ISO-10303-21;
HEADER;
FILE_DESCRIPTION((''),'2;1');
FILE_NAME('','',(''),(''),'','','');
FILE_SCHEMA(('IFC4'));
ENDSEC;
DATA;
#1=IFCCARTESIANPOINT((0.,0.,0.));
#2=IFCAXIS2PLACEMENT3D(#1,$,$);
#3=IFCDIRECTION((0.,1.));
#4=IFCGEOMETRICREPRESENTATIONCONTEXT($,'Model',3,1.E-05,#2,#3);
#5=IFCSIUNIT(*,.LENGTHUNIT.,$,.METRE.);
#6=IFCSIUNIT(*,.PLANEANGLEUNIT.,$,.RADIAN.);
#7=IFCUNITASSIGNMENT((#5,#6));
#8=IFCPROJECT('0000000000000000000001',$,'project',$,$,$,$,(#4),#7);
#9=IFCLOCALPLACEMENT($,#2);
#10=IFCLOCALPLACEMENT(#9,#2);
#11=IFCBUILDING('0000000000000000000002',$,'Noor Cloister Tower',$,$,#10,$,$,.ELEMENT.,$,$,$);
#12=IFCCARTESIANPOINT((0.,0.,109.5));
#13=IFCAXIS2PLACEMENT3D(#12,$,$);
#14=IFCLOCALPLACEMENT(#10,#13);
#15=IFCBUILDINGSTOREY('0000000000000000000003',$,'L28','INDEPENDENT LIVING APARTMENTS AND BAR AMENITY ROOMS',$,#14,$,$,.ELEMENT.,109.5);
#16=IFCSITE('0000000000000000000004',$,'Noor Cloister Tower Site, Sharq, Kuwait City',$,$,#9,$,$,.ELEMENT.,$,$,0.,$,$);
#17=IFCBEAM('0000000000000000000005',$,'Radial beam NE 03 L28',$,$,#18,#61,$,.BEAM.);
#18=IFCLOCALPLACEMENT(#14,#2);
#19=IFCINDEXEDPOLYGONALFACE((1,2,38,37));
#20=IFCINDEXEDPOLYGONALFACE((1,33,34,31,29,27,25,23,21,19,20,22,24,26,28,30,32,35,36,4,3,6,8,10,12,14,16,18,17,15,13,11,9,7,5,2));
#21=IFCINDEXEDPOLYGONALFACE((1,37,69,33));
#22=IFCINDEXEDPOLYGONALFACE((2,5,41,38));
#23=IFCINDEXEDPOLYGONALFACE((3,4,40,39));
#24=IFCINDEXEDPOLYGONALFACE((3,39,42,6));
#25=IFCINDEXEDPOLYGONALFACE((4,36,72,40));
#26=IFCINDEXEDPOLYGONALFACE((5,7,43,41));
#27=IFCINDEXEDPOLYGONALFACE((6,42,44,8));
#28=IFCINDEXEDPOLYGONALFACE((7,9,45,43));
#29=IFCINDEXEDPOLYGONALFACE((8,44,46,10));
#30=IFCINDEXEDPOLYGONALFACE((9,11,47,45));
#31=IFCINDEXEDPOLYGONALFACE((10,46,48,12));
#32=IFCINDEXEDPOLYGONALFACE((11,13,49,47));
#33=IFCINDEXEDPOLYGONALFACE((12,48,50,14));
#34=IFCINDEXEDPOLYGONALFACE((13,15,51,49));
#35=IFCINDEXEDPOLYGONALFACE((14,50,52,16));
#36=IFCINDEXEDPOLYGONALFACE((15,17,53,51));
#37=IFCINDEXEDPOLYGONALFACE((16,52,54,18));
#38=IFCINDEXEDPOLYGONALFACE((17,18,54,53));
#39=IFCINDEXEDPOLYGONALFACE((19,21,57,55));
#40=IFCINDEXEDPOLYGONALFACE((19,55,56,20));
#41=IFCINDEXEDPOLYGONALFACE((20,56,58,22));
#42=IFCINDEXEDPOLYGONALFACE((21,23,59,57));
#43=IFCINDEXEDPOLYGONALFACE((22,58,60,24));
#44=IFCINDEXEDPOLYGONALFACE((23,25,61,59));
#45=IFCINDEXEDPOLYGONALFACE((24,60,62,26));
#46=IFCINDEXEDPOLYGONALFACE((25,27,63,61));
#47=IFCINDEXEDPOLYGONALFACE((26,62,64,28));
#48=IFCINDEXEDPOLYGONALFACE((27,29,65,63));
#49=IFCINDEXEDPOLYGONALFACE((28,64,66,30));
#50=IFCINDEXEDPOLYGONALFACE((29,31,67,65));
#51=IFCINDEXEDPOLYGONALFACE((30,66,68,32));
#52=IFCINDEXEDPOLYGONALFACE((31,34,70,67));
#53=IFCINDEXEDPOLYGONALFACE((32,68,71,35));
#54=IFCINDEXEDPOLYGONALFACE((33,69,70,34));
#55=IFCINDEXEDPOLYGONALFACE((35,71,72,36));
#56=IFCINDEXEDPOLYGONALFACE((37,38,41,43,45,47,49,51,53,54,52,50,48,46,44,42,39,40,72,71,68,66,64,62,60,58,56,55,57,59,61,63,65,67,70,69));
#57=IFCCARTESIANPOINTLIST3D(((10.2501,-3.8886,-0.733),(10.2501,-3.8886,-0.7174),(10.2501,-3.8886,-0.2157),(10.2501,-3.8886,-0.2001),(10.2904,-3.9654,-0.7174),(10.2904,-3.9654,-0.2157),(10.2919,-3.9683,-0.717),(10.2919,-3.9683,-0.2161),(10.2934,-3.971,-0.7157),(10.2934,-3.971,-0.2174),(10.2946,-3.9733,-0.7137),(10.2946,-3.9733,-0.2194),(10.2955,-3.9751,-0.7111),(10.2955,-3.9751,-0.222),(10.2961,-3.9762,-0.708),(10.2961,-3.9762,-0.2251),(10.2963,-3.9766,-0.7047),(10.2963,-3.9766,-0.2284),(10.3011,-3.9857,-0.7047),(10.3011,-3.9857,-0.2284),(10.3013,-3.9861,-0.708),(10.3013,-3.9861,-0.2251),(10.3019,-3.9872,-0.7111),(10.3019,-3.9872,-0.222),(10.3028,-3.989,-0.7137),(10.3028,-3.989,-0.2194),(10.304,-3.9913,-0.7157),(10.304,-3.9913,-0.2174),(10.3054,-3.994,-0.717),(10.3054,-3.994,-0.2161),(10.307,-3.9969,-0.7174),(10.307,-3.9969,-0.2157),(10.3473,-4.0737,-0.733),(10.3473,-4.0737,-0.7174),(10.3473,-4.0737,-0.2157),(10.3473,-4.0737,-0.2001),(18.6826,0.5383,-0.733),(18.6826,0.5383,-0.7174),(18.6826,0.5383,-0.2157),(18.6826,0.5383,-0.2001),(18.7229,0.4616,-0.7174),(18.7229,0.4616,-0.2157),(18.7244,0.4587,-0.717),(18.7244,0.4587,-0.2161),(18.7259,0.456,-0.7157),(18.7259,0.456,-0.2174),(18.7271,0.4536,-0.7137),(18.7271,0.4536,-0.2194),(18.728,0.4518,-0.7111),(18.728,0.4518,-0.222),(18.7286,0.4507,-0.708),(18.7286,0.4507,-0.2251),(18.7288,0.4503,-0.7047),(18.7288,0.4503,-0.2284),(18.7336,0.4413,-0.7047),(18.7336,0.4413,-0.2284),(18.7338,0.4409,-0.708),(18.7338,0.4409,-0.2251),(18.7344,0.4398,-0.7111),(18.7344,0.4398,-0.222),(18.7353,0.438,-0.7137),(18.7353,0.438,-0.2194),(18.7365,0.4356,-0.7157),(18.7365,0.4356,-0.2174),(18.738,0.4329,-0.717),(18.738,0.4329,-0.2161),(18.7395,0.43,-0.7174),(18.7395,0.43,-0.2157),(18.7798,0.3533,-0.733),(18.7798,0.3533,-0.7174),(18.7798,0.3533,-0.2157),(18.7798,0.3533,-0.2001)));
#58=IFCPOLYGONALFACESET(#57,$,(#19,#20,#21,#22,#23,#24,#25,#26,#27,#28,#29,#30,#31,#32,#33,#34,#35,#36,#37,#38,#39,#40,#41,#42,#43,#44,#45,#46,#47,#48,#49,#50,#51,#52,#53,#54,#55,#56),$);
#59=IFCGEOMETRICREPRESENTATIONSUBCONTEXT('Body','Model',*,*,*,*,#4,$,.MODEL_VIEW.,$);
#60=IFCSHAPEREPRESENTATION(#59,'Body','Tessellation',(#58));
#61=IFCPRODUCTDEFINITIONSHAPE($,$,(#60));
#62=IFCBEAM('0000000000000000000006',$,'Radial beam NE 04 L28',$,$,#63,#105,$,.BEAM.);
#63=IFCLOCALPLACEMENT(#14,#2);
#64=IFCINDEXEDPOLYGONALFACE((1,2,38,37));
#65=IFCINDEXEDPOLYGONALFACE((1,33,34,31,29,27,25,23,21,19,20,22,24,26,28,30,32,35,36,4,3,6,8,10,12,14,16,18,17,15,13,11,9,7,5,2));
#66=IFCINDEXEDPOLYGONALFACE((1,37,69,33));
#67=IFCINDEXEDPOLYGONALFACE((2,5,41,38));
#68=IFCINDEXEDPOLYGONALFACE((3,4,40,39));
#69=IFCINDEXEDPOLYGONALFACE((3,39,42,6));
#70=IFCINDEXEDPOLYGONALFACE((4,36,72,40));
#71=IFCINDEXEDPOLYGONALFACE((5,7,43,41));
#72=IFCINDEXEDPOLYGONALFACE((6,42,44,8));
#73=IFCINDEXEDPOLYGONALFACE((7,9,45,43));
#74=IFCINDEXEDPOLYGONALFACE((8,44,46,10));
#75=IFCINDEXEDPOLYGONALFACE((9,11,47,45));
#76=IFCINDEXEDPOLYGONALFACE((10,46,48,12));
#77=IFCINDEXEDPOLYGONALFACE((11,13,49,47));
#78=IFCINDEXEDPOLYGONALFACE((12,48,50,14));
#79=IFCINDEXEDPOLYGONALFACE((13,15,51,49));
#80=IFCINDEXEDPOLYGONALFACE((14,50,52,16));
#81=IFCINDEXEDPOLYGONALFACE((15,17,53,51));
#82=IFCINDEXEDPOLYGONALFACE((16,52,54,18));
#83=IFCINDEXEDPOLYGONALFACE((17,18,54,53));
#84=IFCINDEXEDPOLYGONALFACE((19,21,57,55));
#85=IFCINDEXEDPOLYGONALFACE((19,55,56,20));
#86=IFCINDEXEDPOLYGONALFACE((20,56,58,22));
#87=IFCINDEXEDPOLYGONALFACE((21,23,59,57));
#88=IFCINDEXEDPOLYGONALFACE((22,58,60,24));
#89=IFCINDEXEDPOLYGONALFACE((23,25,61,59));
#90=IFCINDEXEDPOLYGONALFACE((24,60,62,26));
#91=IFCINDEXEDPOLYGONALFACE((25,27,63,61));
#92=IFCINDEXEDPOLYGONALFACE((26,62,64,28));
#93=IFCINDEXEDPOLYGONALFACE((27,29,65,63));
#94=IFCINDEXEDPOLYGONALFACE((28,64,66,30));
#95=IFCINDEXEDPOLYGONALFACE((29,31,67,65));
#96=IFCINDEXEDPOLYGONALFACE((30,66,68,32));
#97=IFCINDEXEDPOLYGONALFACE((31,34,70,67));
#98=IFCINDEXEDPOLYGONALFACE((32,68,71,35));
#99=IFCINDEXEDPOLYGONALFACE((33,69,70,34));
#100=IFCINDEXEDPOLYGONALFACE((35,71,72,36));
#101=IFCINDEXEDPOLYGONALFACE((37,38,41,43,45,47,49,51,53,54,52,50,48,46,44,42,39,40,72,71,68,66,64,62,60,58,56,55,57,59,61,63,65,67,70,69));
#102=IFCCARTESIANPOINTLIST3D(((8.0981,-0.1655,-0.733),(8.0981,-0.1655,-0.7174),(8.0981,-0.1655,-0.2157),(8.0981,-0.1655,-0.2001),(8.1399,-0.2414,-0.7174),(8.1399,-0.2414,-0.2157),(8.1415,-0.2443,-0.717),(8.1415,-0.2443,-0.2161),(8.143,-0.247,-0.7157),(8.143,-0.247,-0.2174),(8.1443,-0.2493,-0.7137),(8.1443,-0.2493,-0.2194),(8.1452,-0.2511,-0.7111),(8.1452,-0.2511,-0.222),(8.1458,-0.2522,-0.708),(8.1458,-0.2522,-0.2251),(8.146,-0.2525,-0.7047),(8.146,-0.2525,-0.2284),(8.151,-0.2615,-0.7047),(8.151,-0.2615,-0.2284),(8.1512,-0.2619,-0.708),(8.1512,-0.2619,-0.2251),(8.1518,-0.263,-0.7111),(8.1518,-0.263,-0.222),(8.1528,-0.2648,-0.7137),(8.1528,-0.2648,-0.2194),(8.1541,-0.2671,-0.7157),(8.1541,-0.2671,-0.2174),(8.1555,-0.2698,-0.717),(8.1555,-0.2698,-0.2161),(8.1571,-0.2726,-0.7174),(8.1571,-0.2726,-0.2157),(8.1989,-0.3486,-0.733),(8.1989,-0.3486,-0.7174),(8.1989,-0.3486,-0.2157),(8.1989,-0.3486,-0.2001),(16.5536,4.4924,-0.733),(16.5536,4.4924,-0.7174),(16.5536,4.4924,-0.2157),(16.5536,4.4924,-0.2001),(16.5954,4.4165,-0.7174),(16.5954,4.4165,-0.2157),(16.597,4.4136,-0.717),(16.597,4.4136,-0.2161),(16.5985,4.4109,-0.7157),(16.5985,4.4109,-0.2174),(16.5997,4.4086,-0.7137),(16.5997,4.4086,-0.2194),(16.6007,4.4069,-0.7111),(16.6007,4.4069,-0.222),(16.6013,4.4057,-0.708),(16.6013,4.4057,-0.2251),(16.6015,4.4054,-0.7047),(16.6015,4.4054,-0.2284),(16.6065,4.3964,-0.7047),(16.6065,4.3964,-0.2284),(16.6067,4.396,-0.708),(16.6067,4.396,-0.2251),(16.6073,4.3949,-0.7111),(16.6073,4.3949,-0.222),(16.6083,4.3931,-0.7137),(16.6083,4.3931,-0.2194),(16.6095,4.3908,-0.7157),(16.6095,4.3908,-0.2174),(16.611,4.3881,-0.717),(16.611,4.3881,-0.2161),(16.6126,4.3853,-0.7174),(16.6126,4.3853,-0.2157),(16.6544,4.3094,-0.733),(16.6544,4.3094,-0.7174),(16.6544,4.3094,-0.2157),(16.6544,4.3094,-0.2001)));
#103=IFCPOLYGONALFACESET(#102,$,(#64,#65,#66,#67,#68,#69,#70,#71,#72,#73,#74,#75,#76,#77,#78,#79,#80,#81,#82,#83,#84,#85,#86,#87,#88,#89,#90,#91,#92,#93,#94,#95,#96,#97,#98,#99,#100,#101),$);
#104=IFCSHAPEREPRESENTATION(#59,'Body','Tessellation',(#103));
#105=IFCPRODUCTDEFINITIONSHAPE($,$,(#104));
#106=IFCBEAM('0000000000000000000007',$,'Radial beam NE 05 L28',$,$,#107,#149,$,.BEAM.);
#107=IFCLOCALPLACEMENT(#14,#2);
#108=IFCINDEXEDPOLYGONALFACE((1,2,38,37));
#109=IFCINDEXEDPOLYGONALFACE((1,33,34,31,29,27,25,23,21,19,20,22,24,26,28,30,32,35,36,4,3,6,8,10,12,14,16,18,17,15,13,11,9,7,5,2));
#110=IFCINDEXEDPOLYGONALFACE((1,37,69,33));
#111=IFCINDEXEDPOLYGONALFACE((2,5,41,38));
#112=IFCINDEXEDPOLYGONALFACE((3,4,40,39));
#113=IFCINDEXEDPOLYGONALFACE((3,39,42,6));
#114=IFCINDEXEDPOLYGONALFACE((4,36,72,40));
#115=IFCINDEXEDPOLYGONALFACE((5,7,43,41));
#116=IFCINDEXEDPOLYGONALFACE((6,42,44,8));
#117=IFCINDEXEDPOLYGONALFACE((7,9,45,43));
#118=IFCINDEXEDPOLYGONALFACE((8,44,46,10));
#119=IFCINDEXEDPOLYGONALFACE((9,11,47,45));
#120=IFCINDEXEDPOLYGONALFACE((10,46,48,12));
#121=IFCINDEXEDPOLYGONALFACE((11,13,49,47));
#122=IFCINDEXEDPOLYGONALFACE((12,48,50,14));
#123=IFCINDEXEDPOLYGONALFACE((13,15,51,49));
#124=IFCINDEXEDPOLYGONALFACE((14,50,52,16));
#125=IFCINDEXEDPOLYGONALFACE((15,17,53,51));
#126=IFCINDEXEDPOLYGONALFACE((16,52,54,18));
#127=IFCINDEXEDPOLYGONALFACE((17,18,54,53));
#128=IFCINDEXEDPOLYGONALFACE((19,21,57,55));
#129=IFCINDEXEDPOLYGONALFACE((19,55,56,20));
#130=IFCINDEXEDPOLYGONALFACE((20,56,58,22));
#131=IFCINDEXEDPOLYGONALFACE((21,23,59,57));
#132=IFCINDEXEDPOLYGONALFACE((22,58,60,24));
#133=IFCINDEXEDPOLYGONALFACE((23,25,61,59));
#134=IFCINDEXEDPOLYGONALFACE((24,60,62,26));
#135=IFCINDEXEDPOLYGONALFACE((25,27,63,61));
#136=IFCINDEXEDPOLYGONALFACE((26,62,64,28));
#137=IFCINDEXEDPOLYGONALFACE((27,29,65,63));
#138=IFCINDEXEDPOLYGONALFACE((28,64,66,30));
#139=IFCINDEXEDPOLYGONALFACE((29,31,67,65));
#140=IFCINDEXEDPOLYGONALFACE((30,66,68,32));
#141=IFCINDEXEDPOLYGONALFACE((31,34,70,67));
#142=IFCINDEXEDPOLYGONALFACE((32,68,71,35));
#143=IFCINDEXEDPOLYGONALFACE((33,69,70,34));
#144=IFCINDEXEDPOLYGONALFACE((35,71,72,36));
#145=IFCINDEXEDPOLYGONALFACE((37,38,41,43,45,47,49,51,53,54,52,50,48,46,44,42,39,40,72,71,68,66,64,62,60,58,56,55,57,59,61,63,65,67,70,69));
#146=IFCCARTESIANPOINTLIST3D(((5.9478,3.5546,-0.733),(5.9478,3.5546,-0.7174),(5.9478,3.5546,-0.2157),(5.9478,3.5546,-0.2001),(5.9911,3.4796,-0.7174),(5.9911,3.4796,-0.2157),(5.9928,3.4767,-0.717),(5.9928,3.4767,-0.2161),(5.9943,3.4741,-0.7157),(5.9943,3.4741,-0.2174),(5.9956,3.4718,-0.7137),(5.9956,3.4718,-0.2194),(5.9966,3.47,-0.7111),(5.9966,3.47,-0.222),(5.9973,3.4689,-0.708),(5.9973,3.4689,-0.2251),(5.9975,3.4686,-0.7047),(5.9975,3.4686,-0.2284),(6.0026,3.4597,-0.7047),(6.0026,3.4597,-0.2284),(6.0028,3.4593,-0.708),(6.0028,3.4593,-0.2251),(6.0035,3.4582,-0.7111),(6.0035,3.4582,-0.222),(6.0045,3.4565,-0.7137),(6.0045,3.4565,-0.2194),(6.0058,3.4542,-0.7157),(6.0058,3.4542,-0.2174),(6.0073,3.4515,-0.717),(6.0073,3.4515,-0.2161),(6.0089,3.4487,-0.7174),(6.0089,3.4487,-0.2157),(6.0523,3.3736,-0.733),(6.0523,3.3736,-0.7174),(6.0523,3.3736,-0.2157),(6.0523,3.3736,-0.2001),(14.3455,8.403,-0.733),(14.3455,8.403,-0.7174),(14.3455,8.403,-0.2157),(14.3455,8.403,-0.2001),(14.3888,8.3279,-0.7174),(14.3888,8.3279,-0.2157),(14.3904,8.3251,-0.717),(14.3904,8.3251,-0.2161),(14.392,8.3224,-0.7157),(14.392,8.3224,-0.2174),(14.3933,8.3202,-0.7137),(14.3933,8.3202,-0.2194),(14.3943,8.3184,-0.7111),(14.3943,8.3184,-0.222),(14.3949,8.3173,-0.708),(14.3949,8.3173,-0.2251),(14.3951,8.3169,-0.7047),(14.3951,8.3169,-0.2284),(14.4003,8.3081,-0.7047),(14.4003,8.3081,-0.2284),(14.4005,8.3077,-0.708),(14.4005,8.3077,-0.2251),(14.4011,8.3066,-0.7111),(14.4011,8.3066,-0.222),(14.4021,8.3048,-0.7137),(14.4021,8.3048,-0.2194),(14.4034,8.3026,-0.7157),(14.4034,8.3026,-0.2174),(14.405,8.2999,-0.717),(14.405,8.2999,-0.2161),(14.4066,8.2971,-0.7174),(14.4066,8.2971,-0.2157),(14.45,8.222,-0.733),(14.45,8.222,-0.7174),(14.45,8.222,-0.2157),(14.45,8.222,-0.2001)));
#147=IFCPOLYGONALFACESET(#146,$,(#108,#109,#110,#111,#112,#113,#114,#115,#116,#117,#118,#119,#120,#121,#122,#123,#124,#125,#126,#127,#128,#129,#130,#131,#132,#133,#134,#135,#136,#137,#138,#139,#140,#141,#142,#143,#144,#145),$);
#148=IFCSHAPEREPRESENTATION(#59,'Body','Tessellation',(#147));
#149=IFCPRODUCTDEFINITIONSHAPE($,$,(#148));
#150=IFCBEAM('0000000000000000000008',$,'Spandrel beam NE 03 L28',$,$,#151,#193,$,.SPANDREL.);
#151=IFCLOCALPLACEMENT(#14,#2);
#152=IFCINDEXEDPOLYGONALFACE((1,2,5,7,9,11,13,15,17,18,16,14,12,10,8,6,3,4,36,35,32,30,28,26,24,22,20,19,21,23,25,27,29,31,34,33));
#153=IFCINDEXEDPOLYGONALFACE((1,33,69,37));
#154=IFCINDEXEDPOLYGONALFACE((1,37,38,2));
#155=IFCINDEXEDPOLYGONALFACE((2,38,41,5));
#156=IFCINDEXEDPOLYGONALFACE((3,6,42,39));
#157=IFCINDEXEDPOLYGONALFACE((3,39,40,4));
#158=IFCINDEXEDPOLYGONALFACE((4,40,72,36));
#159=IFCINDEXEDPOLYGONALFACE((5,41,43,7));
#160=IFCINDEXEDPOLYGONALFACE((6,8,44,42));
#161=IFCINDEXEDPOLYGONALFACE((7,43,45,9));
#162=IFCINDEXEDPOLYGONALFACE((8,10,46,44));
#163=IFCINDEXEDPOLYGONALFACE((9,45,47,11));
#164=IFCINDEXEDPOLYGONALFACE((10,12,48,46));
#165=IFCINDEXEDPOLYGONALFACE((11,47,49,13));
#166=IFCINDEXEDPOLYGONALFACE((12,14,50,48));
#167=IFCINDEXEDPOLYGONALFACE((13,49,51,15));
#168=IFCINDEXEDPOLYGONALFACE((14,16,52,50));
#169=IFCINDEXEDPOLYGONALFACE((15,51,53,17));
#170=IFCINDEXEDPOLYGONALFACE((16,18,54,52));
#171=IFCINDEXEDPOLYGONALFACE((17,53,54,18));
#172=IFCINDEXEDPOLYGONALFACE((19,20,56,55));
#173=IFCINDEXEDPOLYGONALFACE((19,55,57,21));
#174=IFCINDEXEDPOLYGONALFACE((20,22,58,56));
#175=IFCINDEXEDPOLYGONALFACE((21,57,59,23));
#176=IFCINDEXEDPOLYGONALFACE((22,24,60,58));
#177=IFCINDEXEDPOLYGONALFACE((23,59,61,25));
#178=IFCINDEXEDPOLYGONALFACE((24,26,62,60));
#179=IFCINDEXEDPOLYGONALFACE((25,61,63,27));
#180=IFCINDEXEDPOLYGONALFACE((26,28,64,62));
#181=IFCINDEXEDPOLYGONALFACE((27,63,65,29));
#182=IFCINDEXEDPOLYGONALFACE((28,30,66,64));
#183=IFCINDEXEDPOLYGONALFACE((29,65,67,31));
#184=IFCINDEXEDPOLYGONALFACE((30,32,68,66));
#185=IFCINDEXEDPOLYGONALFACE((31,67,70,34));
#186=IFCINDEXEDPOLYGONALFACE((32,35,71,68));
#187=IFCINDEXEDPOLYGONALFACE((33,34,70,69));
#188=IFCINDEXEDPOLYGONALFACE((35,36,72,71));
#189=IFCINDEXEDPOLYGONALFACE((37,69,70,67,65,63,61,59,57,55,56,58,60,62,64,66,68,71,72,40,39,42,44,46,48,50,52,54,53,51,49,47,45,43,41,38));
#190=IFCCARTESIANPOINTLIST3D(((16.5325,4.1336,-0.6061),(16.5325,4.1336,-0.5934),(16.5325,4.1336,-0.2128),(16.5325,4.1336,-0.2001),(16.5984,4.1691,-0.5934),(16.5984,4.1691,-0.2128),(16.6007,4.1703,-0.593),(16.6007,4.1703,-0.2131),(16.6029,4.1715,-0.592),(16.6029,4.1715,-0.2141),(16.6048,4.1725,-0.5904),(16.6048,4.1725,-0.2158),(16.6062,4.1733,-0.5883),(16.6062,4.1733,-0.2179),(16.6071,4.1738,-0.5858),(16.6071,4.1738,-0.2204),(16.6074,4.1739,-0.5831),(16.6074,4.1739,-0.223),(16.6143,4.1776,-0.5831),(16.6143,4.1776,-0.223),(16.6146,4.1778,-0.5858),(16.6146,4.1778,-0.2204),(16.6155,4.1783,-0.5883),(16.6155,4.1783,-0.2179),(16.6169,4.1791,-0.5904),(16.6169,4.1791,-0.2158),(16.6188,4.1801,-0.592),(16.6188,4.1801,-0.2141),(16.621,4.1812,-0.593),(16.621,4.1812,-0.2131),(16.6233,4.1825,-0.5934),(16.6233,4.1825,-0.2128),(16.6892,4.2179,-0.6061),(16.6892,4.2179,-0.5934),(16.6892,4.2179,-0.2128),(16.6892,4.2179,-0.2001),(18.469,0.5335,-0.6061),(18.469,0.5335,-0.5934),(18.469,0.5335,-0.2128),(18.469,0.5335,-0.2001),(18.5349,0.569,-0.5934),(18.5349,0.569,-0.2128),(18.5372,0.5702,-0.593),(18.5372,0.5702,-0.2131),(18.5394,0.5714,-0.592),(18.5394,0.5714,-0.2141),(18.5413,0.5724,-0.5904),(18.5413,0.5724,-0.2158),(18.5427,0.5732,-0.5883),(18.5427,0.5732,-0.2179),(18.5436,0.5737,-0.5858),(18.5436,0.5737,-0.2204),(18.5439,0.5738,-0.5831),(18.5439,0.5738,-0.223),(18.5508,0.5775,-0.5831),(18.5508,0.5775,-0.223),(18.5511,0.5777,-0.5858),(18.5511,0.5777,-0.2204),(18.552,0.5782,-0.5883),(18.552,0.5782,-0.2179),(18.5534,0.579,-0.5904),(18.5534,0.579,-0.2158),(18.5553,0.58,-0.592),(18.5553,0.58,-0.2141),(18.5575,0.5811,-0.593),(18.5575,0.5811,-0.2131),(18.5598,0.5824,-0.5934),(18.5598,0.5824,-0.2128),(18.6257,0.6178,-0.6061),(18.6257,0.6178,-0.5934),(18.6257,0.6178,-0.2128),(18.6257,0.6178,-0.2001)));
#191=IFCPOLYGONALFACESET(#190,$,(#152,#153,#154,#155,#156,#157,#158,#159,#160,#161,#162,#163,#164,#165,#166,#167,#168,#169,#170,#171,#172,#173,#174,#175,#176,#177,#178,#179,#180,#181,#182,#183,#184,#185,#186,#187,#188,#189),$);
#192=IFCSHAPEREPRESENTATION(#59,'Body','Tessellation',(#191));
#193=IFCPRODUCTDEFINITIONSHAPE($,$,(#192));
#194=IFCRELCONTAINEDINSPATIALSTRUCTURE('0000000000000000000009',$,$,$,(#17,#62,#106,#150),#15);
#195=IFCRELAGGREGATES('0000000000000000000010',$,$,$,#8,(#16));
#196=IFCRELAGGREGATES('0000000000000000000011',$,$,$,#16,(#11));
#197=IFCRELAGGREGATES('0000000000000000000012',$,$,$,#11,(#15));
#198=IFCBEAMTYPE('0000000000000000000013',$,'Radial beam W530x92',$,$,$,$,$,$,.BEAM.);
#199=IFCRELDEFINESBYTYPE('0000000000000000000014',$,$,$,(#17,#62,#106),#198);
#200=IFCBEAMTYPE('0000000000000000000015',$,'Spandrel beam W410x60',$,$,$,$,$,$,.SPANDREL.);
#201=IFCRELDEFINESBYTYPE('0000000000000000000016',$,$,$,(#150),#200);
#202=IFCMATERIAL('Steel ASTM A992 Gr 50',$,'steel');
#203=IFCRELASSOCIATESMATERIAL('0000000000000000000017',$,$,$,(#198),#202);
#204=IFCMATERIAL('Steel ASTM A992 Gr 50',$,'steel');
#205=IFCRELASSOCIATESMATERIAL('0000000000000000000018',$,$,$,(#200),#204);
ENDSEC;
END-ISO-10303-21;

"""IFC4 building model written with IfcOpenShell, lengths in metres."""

from ifc_helpers import new_model, si_unit, direction, frame, origin, origin_2d, place, context, subcontext, project, spatial, i_section, extrude, material, material_profile, profile_set, type_object, element, save


model = new_model("IFC4")

# Units and contexts
model_context = context("Model", 3, precision=1e-05, world=origin(), true_north=direction((0.0, 1.0)))
body_context = subcontext(model_context, "Body", "Model", "MODEL_VIEW")
ifc_project = project(units=[si_unit("LENGTHUNIT", "METRE"), si_unit("PLANEANGLEUNIT", "RADIAN")], contexts=[model_context])

# Site, building, storey
site_placement = place(None, origin())
site = spatial("IfcSite", under=ifc_project, at=site_placement, Name="Noor Cloister Tower Site, Sharq, Kuwait City", CompositionType="ELEMENT", RefElevation=0.0)
building_placement = place(site_placement, origin())
building = spatial("IfcBuilding", under=site, at=building_placement, Name="Noor Cloister Tower", CompositionType="ELEMENT")
storey_placement = place(building_placement, frame((0.0, 0.0, 109.5)))
storey = spatial("IfcBuildingStorey", under=building, at=storey_placement, Name="L28", Description="INDEPENDENT LIVING APARTMENTS AND BAR AMENITY ROOMS", CompositionType="ELEMENT", Elevation=109.5)

# Beams
ifc_material_1 = material(Name="Steel ASTM A992 Gr 50", Category="steel")
ifc_material_profile_1 = material_profile(ifc_material_1, i_section(OverallWidth=0.209, OverallDepth=0.533, WebThickness=0.0103, FlangeThickness=0.0156, FilletRadius=0.0127, at=origin_2d()), Name="W530x92")
ifc_profile_set_1 = profile_set([ifc_material_profile_1], Name="Steel ASTM A992 Gr 50")
beam_type_1 = type_object("IfcBeamType", Name="Radial beam W530x92", PredefinedType="BEAM", material=ifc_profile_set_1)
beam_1_placement = place(storey_placement, frame((18.7312, 0.4458, -0.4666), z_axis=(-0.885403, -0.464824, 0.0), x_axis=(0.464824, -0.885403, 0.0)))
element("IfcBeam", 1, at=beam_1_placement, inside=storey, type_object=beam_type_1, Name="Radial beam NE 03 L28", PredefinedType="BEAM", context=body_context, shape_type="SweptSolid", body=[
    extrude(i_section(OverallWidth=0.209, OverallDepth=0.533, WebThickness=0.0103, FlangeThickness=0.0156, FilletRadius=0.0127, at=origin_2d()), origin(), (0.0, 0.0, 1.0), 9.5239),
])
beam_2_placement = place(storey_placement, frame((16.604, 4.4009, -0.4666), z_axis=(-0.875892, -0.482507, 0.0), x_axis=(0.482507, -0.875892, 0.0)))
element("IfcBeam", 2, at=beam_2_placement, inside=storey, type_object=beam_type_1, Name="Radial beam NE 04 L28", PredefinedType="BEAM", context=body_context, shape_type="SweptSolid", body=[
    extrude(i_section(OverallWidth=0.209, OverallDepth=0.533, WebThickness=0.0103, FlangeThickness=0.0156, FilletRadius=0.0127, at=origin_2d()), origin(), (0.0, 0.0, 1.0), 9.6536),
])
beam_3_placement = place(storey_placement, frame((14.3977, 8.3125, -0.4666), z_axis=(-0.866027, -0.499998, 0.0), x_axis=(0.499998, -0.866027, 0.0)))
element("IfcBeam", 3, at=beam_3_placement, inside=storey, type_object=beam_type_1, Name="Radial beam NE 05 L28", PredefinedType="BEAM", context=body_context, shape_type="SweptSolid", body=[
    extrude(i_section(OverallWidth=0.209, OverallDepth=0.533, WebThickness=0.0103, FlangeThickness=0.0156, FilletRadius=0.0127, at=origin_2d()), origin(), (0.0, 0.0, 1.0), 9.6968),
])
ifc_material_2 = material(Name="Steel ASTM A992 Gr 50", Category="steel")
ifc_material_profile_2 = material_profile(ifc_material_2, i_section(OverallWidth=0.178, OverallDepth=0.406, WebThickness=0.0078, FlangeThickness=0.0127, FilletRadius=0.0103, at=origin_2d()), Name="W410x60")
ifc_profile_set_2 = profile_set([ifc_material_profile_2], Name="Steel ASTM A992 Gr 50")
beam_type_2 = type_object("IfcBeamType", Name="Spandrel beam W410x60", PredefinedType="SPANDREL", material=ifc_profile_set_2)
for number, where, z_axis, x_axis, name in (
    (4, (18.5474, 0.5757, -0.4031), (-0.473722, 0.880674, 0.0), (-0.880674, -0.473722, 0.0), "Spandrel beam NE 03 L28"),
):
    element("IfcBeam", number, at=place(storey_placement, frame(where, z_axis=z_axis, x_axis=x_axis)), inside=storey, type_object=beam_type_2, Name=name, PredefinedType="SPANDREL", context=body_context, shape_type="SweptSolid", body=[
        extrude(i_section(OverallWidth=0.178, OverallDepth=0.406, WebThickness=0.0078, FlangeThickness=0.0127, FilletRadius=0.0103, at=origin_2d()), origin(), (0.0, 0.0, 1.0), 4.0879),
    ])

save(model, "model.ifc")
